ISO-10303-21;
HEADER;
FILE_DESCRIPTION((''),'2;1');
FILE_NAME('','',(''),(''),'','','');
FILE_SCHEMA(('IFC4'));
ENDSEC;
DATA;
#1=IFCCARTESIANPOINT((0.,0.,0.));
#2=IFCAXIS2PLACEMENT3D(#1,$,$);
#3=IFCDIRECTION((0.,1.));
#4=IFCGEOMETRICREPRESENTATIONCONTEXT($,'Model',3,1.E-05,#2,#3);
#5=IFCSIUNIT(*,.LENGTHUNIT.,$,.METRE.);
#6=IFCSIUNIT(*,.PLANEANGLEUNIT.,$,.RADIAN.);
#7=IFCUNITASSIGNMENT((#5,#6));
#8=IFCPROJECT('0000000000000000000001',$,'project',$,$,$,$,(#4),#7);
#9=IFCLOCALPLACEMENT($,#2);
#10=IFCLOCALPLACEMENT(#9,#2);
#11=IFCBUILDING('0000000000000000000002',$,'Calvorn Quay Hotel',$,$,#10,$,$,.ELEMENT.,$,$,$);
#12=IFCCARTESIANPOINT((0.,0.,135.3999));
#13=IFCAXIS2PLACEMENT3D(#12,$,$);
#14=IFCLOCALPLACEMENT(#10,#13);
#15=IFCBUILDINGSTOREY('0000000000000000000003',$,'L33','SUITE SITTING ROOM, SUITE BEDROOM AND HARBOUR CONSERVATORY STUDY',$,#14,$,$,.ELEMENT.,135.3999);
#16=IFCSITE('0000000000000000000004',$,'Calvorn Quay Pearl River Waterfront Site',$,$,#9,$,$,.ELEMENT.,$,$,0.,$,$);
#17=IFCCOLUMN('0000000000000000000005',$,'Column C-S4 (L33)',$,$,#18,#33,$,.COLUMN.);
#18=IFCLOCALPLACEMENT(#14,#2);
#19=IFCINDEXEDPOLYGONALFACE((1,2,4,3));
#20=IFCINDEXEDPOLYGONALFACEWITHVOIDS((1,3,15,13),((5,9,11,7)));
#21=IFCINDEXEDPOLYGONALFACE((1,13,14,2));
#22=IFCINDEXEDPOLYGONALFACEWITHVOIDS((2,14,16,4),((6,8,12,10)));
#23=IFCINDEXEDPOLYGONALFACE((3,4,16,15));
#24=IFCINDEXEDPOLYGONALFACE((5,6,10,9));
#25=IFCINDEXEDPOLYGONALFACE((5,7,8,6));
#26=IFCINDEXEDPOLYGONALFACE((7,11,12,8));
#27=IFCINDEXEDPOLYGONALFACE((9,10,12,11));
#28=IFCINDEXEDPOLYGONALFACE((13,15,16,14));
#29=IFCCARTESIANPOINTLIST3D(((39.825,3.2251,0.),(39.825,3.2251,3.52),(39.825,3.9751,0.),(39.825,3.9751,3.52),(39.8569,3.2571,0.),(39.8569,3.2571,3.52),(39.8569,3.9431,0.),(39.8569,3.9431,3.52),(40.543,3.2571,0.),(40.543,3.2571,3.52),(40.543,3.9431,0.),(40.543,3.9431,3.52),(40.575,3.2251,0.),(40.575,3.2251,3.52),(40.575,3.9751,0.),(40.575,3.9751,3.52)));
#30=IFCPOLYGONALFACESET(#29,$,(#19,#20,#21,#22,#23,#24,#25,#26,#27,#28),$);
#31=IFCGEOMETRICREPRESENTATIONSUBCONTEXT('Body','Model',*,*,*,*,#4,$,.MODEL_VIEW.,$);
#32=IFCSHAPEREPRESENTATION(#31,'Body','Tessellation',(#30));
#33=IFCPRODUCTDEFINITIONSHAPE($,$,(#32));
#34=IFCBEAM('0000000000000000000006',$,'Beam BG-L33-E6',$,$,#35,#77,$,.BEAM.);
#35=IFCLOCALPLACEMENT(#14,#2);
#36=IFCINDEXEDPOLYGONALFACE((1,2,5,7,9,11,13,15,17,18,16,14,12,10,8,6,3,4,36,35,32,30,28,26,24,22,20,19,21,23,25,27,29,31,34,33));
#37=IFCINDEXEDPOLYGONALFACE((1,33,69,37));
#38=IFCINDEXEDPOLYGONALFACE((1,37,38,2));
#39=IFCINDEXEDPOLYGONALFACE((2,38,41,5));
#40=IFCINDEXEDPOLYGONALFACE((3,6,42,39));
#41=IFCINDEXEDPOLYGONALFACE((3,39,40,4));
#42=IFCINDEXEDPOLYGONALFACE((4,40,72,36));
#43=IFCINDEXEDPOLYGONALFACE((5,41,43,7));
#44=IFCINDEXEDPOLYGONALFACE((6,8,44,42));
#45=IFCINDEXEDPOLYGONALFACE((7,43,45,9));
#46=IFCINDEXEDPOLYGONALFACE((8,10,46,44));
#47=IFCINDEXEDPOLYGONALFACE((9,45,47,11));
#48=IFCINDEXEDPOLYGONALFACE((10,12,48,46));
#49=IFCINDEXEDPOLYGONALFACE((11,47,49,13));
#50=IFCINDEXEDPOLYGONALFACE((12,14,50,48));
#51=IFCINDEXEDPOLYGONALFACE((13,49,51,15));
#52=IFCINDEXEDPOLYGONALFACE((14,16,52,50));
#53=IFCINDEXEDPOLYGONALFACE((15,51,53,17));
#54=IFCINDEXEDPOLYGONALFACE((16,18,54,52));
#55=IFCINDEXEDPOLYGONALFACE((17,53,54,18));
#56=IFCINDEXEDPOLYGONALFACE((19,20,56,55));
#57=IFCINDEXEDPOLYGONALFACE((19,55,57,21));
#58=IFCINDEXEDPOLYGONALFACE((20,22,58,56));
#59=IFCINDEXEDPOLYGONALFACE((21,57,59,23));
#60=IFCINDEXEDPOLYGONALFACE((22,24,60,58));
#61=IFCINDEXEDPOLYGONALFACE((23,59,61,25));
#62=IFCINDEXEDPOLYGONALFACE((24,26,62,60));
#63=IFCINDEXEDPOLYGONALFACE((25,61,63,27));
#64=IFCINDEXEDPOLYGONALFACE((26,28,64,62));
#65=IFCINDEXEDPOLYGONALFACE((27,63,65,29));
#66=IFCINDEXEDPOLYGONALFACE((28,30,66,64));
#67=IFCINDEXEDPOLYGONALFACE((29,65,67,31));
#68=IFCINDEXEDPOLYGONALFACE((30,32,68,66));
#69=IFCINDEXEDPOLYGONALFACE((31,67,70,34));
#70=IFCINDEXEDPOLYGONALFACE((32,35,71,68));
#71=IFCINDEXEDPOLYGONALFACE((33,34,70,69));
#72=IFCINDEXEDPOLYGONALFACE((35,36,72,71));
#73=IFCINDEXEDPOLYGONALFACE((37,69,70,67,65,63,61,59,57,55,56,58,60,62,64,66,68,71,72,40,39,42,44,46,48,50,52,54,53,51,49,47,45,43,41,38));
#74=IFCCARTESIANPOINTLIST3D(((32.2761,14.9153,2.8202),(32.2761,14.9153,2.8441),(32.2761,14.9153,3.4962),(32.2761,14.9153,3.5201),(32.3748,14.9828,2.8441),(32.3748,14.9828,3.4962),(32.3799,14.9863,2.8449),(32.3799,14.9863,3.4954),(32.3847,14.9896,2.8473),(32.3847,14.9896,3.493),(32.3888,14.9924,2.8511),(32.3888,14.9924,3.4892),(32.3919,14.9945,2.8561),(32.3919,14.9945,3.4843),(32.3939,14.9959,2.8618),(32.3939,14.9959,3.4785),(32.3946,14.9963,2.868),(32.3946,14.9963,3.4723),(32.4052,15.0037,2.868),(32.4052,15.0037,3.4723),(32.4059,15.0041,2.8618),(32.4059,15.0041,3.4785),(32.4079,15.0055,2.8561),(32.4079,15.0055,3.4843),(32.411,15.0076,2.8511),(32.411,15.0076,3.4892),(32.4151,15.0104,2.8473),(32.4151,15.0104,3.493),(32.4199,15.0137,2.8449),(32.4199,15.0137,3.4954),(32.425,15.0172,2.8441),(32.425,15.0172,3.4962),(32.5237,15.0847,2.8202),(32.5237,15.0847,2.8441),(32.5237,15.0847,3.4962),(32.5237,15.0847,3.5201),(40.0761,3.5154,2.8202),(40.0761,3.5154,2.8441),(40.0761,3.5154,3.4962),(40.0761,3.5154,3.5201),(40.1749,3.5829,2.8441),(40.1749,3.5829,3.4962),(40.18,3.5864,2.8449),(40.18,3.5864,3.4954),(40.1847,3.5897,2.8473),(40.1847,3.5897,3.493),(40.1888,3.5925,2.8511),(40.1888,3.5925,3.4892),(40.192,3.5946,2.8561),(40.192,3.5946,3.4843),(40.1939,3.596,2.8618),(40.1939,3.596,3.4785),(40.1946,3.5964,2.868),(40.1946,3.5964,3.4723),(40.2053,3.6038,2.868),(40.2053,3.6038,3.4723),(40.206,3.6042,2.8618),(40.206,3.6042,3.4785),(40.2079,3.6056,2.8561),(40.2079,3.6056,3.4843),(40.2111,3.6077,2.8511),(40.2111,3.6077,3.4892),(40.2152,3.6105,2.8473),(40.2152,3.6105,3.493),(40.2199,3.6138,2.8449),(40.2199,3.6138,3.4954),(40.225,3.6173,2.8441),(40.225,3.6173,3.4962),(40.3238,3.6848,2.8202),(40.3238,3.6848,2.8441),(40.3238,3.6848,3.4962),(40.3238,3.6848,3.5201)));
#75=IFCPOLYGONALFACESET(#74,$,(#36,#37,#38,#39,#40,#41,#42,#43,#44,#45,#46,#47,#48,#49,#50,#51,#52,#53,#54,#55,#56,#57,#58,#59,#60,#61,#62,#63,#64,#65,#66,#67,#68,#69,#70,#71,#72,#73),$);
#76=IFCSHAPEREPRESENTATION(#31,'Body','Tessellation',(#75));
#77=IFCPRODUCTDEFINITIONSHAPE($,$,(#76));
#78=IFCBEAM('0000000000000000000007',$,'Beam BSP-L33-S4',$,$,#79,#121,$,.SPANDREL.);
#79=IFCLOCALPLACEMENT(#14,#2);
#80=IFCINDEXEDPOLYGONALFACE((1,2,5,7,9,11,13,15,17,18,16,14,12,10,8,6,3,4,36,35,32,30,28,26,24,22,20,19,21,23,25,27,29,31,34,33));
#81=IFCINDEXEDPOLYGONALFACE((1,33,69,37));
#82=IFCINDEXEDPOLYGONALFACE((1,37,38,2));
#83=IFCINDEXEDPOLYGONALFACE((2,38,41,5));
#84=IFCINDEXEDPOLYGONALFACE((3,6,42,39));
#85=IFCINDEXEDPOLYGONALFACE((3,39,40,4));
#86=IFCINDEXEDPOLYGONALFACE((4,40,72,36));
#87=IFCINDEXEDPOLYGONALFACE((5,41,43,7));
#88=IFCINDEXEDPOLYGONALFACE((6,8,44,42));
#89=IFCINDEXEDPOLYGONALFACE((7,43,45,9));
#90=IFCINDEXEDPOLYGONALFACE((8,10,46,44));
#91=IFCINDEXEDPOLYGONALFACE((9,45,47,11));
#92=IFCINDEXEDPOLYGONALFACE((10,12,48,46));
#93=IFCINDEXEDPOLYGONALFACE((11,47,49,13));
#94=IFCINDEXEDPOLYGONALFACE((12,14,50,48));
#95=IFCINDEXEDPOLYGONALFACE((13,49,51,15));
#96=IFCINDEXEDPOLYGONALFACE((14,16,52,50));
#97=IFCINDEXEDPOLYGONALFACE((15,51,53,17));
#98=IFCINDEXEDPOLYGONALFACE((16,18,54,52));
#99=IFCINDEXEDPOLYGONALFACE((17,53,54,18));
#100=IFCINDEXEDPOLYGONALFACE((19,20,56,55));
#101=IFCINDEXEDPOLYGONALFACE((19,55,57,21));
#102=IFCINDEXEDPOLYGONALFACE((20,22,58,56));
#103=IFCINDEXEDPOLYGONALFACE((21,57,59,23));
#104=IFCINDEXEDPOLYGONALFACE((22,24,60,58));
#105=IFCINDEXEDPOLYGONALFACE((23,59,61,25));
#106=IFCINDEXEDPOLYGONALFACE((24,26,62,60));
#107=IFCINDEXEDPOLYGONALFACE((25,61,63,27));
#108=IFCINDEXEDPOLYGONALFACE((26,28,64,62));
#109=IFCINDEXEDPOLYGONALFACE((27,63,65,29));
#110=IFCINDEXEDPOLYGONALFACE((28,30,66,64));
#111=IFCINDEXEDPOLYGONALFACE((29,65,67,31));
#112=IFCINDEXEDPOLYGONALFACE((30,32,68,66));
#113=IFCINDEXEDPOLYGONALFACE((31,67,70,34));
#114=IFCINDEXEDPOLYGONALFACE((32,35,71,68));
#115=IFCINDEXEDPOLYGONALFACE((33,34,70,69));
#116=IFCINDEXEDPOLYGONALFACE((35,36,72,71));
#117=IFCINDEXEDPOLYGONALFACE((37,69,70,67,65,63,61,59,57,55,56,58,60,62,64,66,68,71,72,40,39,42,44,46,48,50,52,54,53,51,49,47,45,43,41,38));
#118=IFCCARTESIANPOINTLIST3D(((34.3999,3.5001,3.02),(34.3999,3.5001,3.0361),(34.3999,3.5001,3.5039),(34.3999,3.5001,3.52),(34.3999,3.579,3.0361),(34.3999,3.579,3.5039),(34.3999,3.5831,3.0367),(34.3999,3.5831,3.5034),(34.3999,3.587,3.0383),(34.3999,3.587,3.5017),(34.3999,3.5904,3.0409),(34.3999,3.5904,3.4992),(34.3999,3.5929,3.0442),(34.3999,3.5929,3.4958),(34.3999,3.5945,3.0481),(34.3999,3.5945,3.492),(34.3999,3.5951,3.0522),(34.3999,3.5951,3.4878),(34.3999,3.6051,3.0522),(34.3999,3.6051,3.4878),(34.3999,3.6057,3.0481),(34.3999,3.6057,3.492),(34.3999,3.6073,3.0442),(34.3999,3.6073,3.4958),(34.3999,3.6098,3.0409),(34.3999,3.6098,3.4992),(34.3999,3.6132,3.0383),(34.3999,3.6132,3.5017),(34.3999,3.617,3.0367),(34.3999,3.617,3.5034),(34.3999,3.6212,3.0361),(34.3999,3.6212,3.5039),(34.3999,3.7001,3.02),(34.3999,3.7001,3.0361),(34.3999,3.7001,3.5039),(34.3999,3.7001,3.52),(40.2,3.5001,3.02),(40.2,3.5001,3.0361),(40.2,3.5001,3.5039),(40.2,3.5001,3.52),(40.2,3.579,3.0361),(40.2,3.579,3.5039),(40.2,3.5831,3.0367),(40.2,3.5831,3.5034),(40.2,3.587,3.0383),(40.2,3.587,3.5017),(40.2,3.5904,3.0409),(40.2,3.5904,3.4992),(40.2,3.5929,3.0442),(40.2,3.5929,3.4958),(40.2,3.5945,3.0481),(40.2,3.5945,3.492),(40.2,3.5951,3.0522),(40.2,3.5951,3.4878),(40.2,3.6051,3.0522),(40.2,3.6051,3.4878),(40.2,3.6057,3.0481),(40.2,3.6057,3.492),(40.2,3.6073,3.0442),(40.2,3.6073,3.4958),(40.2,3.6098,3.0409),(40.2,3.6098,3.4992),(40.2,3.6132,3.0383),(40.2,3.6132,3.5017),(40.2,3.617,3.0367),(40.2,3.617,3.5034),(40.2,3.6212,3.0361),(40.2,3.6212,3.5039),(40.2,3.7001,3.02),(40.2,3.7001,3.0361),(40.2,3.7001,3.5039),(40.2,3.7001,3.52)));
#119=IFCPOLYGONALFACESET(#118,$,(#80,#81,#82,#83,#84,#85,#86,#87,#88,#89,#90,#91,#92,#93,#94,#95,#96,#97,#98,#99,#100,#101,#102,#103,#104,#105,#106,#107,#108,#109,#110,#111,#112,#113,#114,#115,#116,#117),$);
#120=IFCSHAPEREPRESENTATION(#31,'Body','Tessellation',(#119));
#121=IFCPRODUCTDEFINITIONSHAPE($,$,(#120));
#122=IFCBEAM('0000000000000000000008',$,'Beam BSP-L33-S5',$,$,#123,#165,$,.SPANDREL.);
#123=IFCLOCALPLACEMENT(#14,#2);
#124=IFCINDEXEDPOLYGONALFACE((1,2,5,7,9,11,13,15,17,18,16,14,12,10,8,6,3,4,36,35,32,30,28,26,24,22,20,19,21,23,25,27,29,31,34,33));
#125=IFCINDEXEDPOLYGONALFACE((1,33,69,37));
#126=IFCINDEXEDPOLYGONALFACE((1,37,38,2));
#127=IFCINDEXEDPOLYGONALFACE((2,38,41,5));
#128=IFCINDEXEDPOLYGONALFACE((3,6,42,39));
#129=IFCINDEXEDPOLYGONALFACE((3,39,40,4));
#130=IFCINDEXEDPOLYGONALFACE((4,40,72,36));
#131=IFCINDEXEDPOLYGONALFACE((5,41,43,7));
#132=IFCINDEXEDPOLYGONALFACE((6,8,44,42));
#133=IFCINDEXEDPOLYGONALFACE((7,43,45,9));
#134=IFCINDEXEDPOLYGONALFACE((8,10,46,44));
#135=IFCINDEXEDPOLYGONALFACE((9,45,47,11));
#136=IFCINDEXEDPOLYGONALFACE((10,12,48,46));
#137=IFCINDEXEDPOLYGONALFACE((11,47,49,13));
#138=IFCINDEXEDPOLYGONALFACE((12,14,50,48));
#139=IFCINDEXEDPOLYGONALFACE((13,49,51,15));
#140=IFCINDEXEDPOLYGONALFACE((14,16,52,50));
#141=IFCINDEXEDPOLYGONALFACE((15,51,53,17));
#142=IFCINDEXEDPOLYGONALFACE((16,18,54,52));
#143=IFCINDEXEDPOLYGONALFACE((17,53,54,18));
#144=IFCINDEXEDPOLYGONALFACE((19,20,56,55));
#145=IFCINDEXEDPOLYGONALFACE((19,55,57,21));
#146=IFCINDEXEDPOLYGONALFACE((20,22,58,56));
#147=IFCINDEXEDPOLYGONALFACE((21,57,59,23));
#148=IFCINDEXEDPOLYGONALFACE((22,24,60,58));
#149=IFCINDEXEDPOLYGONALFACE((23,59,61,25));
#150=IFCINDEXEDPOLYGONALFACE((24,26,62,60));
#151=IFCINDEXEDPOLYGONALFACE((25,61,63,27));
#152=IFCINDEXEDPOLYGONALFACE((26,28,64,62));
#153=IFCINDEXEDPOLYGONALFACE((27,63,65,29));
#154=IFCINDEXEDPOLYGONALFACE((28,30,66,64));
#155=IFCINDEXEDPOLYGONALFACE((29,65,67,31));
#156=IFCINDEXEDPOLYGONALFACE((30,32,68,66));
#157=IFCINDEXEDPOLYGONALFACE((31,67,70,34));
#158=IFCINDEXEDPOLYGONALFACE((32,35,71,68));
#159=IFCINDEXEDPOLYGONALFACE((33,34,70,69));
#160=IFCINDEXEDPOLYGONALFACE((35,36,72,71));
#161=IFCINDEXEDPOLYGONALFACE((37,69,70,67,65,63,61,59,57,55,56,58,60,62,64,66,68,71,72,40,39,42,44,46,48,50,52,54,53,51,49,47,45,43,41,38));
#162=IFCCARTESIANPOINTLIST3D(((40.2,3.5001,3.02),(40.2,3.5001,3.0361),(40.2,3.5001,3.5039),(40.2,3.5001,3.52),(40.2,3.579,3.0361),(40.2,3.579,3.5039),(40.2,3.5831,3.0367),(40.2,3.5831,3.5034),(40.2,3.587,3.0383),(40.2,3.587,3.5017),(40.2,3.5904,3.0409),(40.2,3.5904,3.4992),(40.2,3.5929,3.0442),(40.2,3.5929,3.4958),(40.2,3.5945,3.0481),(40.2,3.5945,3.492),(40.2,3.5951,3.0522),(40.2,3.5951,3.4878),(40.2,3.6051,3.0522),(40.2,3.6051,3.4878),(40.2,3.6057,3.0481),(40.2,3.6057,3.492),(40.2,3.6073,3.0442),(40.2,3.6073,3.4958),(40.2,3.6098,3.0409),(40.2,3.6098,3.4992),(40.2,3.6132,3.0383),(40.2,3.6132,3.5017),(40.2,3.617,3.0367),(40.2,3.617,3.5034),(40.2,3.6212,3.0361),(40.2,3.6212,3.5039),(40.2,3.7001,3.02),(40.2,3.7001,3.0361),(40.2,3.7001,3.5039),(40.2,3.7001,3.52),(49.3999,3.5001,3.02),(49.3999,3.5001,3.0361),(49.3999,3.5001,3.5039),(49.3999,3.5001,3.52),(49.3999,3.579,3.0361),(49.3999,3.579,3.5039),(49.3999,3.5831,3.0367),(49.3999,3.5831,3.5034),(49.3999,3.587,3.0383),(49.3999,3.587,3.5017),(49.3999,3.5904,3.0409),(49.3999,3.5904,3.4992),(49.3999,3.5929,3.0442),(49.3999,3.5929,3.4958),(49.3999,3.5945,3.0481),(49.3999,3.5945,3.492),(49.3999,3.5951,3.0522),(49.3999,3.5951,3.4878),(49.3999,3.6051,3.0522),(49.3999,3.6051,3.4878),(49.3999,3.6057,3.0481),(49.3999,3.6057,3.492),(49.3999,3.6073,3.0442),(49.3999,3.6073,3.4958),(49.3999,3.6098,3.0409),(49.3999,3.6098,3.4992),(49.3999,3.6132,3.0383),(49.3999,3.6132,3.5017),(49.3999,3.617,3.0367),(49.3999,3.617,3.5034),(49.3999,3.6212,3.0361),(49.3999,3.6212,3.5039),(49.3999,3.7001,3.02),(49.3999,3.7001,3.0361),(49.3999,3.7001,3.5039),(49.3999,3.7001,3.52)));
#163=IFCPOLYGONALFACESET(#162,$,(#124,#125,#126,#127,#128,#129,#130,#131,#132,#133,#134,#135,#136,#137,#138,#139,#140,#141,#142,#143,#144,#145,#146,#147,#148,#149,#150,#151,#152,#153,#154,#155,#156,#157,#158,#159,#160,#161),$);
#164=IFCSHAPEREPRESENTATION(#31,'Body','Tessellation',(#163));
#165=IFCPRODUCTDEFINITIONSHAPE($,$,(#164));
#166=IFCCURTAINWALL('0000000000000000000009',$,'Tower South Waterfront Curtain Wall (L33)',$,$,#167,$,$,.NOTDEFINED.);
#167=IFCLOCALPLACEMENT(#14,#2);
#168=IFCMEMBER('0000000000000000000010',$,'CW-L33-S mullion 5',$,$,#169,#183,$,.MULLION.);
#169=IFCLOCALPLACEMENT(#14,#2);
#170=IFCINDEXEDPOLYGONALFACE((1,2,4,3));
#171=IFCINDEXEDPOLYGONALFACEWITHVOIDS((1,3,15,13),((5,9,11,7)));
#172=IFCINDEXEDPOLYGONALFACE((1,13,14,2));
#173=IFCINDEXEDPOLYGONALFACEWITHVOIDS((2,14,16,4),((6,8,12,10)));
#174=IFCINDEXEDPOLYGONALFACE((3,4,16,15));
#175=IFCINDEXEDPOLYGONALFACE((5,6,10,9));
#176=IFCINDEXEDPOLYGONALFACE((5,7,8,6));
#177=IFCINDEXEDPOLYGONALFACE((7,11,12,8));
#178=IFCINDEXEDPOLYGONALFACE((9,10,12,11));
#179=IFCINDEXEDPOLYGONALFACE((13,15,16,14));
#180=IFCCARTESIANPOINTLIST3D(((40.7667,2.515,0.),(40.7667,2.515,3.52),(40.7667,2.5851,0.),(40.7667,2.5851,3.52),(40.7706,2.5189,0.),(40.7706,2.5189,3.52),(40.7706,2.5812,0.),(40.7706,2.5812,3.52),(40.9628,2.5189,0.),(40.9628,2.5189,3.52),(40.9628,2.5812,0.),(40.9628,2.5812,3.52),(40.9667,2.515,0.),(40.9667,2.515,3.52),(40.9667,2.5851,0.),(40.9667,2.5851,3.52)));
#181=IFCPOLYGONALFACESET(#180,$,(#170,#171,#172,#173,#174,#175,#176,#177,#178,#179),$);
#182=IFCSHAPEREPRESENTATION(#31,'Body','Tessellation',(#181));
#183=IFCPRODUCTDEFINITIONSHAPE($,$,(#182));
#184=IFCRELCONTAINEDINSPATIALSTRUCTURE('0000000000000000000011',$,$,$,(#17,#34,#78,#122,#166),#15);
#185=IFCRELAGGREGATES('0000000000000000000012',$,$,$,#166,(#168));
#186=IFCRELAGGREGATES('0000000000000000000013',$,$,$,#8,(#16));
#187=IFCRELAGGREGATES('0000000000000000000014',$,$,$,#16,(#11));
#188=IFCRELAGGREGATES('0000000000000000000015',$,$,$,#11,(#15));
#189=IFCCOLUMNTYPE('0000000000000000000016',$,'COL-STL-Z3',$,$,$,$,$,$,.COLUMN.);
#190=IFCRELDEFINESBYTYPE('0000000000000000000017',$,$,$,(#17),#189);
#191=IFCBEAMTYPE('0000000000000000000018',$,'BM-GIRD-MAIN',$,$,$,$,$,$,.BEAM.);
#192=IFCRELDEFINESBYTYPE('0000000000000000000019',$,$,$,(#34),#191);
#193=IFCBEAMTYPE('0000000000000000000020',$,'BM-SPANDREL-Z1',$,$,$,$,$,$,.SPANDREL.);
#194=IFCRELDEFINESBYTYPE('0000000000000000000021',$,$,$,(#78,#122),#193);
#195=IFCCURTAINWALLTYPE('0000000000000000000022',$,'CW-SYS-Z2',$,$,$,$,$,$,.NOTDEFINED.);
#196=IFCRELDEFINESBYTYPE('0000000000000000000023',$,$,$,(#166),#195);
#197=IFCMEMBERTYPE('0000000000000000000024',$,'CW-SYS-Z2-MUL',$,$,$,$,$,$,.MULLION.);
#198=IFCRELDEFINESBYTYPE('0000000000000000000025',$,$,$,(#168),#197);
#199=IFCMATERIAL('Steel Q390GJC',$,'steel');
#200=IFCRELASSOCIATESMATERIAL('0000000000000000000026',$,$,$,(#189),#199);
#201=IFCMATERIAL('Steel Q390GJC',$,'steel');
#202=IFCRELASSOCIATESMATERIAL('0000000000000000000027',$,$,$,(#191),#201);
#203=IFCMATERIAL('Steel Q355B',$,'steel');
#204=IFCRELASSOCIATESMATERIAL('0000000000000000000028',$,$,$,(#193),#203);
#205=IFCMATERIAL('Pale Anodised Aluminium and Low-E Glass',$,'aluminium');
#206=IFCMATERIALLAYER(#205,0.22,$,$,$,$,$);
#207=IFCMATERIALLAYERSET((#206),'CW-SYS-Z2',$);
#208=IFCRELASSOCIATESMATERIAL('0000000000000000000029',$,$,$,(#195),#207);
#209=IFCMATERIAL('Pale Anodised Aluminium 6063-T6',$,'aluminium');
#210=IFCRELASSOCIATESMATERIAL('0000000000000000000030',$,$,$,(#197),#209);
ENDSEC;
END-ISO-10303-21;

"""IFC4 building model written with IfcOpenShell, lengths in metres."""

from ifc_helpers import new_model, si_unit, direction, frame, origin, origin_2d, place, context, subcontext, project, spatial, hollow_rectangle, i_section, extrude, material, layer, layer_set, material_profile, profile_set, type_object, element, aggregate, save


model = new_model("IFC4")

# Units and contexts
model_context = context("Model", 3, precision=1e-05, world=origin(), true_north=direction((0.0, 1.0)))
body_context = subcontext(model_context, "Body", "Model", "MODEL_VIEW")
ifc_project = project(units=[si_unit("LENGTHUNIT", "METRE"), si_unit("PLANEANGLEUNIT", "RADIAN")], contexts=[model_context])

# Site, building, storey
site_placement = place(None, origin())
site = spatial("IfcSite", under=ifc_project, at=site_placement, Name="Calvorn Quay Pearl River Waterfront Site", CompositionType="ELEMENT", RefElevation=0.0)
building_placement = place(site_placement, origin())
building = spatial("IfcBuilding", under=site, at=building_placement, Name="Calvorn Quay Hotel", CompositionType="ELEMENT")
storey_placement = place(building_placement, frame((0.0, 0.0, 135.3999)))
storey = spatial("IfcBuildingStorey", under=building, at=storey_placement, Name="L33", Description="SUITE SITTING ROOM, SUITE BEDROOM AND HARBOUR CONSERVATORY STUDY", CompositionType="ELEMENT", Elevation=135.3999)

# Column
ifc_material_1 = material(Name="Steel Q390GJC", Category="steel")
ifc_material_profile_1 = material_profile(ifc_material_1, hollow_rectangle(XDim=0.75, YDim=0.75, WallThickness=0.032, at=origin_2d()), Name="BOX750x750x32")
ifc_profile_set_1 = profile_set([ifc_material_profile_1], Name="Steel Q390GJC")
column_type = type_object("IfcColumnType", Name="COL-STL-Z3", PredefinedType="COLUMN", material=ifc_profile_set_1)
column_placement = place(storey_placement, frame((40.2, 3.6001, 0.0), z_axis=(0.0, 0.0, 1.0), x_axis=(1.0, 0.0, 0.0)))
element("IfcColumn", 1, at=column_placement, inside=storey, type_object=column_type, Name="Column C-S4 (L33)", PredefinedType="COLUMN", context=body_context, shape_type="SweptSolid", body=[
    extrude(hollow_rectangle(XDim=0.75, YDim=0.75, WallThickness=0.032, at=origin_2d()), origin(), (0.0, 0.0, 1.0), 3.52),
])

# Beams
ifc_material_2 = material(Name="Steel Q390GJC", Category="steel")
ifc_material_profile_2 = material_profile(ifc_material_2, i_section(OverallWidth=0.3, OverallDepth=0.7, WebThickness=0.0129, FlangeThickness=0.0239, FilletRadius=0.0239, at=origin_2d()), Name="HN700x300x13x24")
ifc_profile_set_2 = profile_set([ifc_material_profile_2], Name="Steel Q390GJC")
beam_type_1 = type_object("IfcBeamType", Name="BM-GIRD-MAIN", PredefinedType="BEAM", material=ifc_profile_set_2)
beam_1_placement = place(storey_placement, frame((40.2, 3.6001, 3.1702), z_axis=(-0.56469, 0.825303, 0.0), x_axis=(-0.825303, -0.56469, 0.0)))
element("IfcBeam", 2, at=beam_1_placement, inside=storey, type_object=beam_type_1, Name="Beam BG-L33-E6", PredefinedType="BEAM", context=body_context, shape_type="SweptSolid", body=[
    extrude(i_section(OverallWidth=0.3, OverallDepth=0.7, WebThickness=0.0129, FlangeThickness=0.0239, FilletRadius=0.0239, at=origin_2d()), origin(), (0.0, 0.0, 1.0), 13.813),
])
ifc_material_3 = material(Name="Steel Q355B", Category="steel")
ifc_material_profile_3 = material_profile(ifc_material_3, i_section(OverallWidth=0.2, OverallDepth=0.5, WebThickness=0.01, FlangeThickness=0.0161, FilletRadius=0.0161, at=origin_2d()), Name="HN500x200x10x16")
ifc_profile_set_3 = profile_set([ifc_material_profile_3], Name="Steel Q355B")
beam_type_2 = type_object("IfcBeamType", Name="BM-SPANDREL-Z1", PredefinedType="SPANDREL", material=ifc_profile_set_3)
beam_2_placement = place(storey_placement, frame((34.3999, 3.6001, 3.27), z_axis=(1.0, 0.0, 0.0), x_axis=(0.0, 1.0, 0.0)))
element("IfcBeam", 3, at=beam_2_placement, inside=storey, type_object=beam_type_2, Name="Beam BSP-L33-S4", PredefinedType="SPANDREL", context=body_context, shape_type="SweptSolid", body=[
    extrude(i_section(OverallWidth=0.2, OverallDepth=0.5, WebThickness=0.01, FlangeThickness=0.0161, FilletRadius=0.0161, at=origin_2d()), origin(), (0.0, 0.0, 1.0), 5.8),
])
beam_3_placement = place(storey_placement, frame((40.2, 3.6001, 3.27), z_axis=(1.0, 0.0, 0.0), x_axis=(0.0, 1.0, 0.0)))
element("IfcBeam", 4, at=beam_3_placement, inside=storey, type_object=beam_type_2, Name="Beam BSP-L33-S5", PredefinedType="SPANDREL", context=body_context, shape_type="SweptSolid", body=[
    extrude(i_section(OverallWidth=0.2, OverallDepth=0.5, WebThickness=0.01, FlangeThickness=0.0161, FilletRadius=0.0161, at=origin_2d()), origin(), (0.0, 0.0, 1.0), 9.2),
])

# Curtain wall, member
ifc_material_4 = material(Name="Pale Anodised Aluminium and Low-E Glass", Category="aluminium")
ifc_layer_1 = layer(ifc_material_4, 0.22)
ifc_layer_set_1 = layer_set([ifc_layer_1], Name="CW-SYS-Z2")
curtain_wall_type = type_object("IfcCurtainWallType", Name="CW-SYS-Z2", PredefinedType="NOTDEFINED", material=ifc_layer_set_1)
curtain_wall_placement = place(storey_placement, origin())
curtain_wall = element("IfcCurtainWall", 5, at=curtain_wall_placement, inside=storey, type_object=curtain_wall_type, Name="Tower South Waterfront Curtain Wall (L33)", PredefinedType="NOTDEFINED")
ifc_material_5 = material(Name="Pale Anodised Aluminium 6063-T6", Category="aluminium")
ifc_material_profile_4 = material_profile(ifc_material_5, hollow_rectangle(XDim=0.0701, YDim=0.2, WallThickness=0.0039, at=origin_2d()), Name="ALU-M200x70x4")
ifc_profile_set_4 = profile_set([ifc_material_profile_4], Name="Pale Anodised Aluminium 6063-T6")
member_type_1 = type_object("IfcMemberType", Name="CW-SYS-Z2-MUL", PredefinedType="MULLION", material=ifc_profile_set_4)
member_1_placement = place(storey_placement, frame((40.8667, 2.55, 0.0), z_axis=(0.0, 0.0, 1.0), x_axis=(0.0, 1.0, 0.0)))
member_1 = element("IfcMember", 6, at=member_1_placement, type_object=member_type_1, Name="CW-L33-S mullion 5", PredefinedType="MULLION", context=body_context, shape_type="SweptSolid", body=[
    extrude(hollow_rectangle(XDim=0.0701, YDim=0.2, WallThickness=0.0039, at=origin_2d()), origin(), (0.0, 0.0, 1.0), 3.52),
])
aggregate(curtain_wall, [member_1])

save(model, "model.ifc")
